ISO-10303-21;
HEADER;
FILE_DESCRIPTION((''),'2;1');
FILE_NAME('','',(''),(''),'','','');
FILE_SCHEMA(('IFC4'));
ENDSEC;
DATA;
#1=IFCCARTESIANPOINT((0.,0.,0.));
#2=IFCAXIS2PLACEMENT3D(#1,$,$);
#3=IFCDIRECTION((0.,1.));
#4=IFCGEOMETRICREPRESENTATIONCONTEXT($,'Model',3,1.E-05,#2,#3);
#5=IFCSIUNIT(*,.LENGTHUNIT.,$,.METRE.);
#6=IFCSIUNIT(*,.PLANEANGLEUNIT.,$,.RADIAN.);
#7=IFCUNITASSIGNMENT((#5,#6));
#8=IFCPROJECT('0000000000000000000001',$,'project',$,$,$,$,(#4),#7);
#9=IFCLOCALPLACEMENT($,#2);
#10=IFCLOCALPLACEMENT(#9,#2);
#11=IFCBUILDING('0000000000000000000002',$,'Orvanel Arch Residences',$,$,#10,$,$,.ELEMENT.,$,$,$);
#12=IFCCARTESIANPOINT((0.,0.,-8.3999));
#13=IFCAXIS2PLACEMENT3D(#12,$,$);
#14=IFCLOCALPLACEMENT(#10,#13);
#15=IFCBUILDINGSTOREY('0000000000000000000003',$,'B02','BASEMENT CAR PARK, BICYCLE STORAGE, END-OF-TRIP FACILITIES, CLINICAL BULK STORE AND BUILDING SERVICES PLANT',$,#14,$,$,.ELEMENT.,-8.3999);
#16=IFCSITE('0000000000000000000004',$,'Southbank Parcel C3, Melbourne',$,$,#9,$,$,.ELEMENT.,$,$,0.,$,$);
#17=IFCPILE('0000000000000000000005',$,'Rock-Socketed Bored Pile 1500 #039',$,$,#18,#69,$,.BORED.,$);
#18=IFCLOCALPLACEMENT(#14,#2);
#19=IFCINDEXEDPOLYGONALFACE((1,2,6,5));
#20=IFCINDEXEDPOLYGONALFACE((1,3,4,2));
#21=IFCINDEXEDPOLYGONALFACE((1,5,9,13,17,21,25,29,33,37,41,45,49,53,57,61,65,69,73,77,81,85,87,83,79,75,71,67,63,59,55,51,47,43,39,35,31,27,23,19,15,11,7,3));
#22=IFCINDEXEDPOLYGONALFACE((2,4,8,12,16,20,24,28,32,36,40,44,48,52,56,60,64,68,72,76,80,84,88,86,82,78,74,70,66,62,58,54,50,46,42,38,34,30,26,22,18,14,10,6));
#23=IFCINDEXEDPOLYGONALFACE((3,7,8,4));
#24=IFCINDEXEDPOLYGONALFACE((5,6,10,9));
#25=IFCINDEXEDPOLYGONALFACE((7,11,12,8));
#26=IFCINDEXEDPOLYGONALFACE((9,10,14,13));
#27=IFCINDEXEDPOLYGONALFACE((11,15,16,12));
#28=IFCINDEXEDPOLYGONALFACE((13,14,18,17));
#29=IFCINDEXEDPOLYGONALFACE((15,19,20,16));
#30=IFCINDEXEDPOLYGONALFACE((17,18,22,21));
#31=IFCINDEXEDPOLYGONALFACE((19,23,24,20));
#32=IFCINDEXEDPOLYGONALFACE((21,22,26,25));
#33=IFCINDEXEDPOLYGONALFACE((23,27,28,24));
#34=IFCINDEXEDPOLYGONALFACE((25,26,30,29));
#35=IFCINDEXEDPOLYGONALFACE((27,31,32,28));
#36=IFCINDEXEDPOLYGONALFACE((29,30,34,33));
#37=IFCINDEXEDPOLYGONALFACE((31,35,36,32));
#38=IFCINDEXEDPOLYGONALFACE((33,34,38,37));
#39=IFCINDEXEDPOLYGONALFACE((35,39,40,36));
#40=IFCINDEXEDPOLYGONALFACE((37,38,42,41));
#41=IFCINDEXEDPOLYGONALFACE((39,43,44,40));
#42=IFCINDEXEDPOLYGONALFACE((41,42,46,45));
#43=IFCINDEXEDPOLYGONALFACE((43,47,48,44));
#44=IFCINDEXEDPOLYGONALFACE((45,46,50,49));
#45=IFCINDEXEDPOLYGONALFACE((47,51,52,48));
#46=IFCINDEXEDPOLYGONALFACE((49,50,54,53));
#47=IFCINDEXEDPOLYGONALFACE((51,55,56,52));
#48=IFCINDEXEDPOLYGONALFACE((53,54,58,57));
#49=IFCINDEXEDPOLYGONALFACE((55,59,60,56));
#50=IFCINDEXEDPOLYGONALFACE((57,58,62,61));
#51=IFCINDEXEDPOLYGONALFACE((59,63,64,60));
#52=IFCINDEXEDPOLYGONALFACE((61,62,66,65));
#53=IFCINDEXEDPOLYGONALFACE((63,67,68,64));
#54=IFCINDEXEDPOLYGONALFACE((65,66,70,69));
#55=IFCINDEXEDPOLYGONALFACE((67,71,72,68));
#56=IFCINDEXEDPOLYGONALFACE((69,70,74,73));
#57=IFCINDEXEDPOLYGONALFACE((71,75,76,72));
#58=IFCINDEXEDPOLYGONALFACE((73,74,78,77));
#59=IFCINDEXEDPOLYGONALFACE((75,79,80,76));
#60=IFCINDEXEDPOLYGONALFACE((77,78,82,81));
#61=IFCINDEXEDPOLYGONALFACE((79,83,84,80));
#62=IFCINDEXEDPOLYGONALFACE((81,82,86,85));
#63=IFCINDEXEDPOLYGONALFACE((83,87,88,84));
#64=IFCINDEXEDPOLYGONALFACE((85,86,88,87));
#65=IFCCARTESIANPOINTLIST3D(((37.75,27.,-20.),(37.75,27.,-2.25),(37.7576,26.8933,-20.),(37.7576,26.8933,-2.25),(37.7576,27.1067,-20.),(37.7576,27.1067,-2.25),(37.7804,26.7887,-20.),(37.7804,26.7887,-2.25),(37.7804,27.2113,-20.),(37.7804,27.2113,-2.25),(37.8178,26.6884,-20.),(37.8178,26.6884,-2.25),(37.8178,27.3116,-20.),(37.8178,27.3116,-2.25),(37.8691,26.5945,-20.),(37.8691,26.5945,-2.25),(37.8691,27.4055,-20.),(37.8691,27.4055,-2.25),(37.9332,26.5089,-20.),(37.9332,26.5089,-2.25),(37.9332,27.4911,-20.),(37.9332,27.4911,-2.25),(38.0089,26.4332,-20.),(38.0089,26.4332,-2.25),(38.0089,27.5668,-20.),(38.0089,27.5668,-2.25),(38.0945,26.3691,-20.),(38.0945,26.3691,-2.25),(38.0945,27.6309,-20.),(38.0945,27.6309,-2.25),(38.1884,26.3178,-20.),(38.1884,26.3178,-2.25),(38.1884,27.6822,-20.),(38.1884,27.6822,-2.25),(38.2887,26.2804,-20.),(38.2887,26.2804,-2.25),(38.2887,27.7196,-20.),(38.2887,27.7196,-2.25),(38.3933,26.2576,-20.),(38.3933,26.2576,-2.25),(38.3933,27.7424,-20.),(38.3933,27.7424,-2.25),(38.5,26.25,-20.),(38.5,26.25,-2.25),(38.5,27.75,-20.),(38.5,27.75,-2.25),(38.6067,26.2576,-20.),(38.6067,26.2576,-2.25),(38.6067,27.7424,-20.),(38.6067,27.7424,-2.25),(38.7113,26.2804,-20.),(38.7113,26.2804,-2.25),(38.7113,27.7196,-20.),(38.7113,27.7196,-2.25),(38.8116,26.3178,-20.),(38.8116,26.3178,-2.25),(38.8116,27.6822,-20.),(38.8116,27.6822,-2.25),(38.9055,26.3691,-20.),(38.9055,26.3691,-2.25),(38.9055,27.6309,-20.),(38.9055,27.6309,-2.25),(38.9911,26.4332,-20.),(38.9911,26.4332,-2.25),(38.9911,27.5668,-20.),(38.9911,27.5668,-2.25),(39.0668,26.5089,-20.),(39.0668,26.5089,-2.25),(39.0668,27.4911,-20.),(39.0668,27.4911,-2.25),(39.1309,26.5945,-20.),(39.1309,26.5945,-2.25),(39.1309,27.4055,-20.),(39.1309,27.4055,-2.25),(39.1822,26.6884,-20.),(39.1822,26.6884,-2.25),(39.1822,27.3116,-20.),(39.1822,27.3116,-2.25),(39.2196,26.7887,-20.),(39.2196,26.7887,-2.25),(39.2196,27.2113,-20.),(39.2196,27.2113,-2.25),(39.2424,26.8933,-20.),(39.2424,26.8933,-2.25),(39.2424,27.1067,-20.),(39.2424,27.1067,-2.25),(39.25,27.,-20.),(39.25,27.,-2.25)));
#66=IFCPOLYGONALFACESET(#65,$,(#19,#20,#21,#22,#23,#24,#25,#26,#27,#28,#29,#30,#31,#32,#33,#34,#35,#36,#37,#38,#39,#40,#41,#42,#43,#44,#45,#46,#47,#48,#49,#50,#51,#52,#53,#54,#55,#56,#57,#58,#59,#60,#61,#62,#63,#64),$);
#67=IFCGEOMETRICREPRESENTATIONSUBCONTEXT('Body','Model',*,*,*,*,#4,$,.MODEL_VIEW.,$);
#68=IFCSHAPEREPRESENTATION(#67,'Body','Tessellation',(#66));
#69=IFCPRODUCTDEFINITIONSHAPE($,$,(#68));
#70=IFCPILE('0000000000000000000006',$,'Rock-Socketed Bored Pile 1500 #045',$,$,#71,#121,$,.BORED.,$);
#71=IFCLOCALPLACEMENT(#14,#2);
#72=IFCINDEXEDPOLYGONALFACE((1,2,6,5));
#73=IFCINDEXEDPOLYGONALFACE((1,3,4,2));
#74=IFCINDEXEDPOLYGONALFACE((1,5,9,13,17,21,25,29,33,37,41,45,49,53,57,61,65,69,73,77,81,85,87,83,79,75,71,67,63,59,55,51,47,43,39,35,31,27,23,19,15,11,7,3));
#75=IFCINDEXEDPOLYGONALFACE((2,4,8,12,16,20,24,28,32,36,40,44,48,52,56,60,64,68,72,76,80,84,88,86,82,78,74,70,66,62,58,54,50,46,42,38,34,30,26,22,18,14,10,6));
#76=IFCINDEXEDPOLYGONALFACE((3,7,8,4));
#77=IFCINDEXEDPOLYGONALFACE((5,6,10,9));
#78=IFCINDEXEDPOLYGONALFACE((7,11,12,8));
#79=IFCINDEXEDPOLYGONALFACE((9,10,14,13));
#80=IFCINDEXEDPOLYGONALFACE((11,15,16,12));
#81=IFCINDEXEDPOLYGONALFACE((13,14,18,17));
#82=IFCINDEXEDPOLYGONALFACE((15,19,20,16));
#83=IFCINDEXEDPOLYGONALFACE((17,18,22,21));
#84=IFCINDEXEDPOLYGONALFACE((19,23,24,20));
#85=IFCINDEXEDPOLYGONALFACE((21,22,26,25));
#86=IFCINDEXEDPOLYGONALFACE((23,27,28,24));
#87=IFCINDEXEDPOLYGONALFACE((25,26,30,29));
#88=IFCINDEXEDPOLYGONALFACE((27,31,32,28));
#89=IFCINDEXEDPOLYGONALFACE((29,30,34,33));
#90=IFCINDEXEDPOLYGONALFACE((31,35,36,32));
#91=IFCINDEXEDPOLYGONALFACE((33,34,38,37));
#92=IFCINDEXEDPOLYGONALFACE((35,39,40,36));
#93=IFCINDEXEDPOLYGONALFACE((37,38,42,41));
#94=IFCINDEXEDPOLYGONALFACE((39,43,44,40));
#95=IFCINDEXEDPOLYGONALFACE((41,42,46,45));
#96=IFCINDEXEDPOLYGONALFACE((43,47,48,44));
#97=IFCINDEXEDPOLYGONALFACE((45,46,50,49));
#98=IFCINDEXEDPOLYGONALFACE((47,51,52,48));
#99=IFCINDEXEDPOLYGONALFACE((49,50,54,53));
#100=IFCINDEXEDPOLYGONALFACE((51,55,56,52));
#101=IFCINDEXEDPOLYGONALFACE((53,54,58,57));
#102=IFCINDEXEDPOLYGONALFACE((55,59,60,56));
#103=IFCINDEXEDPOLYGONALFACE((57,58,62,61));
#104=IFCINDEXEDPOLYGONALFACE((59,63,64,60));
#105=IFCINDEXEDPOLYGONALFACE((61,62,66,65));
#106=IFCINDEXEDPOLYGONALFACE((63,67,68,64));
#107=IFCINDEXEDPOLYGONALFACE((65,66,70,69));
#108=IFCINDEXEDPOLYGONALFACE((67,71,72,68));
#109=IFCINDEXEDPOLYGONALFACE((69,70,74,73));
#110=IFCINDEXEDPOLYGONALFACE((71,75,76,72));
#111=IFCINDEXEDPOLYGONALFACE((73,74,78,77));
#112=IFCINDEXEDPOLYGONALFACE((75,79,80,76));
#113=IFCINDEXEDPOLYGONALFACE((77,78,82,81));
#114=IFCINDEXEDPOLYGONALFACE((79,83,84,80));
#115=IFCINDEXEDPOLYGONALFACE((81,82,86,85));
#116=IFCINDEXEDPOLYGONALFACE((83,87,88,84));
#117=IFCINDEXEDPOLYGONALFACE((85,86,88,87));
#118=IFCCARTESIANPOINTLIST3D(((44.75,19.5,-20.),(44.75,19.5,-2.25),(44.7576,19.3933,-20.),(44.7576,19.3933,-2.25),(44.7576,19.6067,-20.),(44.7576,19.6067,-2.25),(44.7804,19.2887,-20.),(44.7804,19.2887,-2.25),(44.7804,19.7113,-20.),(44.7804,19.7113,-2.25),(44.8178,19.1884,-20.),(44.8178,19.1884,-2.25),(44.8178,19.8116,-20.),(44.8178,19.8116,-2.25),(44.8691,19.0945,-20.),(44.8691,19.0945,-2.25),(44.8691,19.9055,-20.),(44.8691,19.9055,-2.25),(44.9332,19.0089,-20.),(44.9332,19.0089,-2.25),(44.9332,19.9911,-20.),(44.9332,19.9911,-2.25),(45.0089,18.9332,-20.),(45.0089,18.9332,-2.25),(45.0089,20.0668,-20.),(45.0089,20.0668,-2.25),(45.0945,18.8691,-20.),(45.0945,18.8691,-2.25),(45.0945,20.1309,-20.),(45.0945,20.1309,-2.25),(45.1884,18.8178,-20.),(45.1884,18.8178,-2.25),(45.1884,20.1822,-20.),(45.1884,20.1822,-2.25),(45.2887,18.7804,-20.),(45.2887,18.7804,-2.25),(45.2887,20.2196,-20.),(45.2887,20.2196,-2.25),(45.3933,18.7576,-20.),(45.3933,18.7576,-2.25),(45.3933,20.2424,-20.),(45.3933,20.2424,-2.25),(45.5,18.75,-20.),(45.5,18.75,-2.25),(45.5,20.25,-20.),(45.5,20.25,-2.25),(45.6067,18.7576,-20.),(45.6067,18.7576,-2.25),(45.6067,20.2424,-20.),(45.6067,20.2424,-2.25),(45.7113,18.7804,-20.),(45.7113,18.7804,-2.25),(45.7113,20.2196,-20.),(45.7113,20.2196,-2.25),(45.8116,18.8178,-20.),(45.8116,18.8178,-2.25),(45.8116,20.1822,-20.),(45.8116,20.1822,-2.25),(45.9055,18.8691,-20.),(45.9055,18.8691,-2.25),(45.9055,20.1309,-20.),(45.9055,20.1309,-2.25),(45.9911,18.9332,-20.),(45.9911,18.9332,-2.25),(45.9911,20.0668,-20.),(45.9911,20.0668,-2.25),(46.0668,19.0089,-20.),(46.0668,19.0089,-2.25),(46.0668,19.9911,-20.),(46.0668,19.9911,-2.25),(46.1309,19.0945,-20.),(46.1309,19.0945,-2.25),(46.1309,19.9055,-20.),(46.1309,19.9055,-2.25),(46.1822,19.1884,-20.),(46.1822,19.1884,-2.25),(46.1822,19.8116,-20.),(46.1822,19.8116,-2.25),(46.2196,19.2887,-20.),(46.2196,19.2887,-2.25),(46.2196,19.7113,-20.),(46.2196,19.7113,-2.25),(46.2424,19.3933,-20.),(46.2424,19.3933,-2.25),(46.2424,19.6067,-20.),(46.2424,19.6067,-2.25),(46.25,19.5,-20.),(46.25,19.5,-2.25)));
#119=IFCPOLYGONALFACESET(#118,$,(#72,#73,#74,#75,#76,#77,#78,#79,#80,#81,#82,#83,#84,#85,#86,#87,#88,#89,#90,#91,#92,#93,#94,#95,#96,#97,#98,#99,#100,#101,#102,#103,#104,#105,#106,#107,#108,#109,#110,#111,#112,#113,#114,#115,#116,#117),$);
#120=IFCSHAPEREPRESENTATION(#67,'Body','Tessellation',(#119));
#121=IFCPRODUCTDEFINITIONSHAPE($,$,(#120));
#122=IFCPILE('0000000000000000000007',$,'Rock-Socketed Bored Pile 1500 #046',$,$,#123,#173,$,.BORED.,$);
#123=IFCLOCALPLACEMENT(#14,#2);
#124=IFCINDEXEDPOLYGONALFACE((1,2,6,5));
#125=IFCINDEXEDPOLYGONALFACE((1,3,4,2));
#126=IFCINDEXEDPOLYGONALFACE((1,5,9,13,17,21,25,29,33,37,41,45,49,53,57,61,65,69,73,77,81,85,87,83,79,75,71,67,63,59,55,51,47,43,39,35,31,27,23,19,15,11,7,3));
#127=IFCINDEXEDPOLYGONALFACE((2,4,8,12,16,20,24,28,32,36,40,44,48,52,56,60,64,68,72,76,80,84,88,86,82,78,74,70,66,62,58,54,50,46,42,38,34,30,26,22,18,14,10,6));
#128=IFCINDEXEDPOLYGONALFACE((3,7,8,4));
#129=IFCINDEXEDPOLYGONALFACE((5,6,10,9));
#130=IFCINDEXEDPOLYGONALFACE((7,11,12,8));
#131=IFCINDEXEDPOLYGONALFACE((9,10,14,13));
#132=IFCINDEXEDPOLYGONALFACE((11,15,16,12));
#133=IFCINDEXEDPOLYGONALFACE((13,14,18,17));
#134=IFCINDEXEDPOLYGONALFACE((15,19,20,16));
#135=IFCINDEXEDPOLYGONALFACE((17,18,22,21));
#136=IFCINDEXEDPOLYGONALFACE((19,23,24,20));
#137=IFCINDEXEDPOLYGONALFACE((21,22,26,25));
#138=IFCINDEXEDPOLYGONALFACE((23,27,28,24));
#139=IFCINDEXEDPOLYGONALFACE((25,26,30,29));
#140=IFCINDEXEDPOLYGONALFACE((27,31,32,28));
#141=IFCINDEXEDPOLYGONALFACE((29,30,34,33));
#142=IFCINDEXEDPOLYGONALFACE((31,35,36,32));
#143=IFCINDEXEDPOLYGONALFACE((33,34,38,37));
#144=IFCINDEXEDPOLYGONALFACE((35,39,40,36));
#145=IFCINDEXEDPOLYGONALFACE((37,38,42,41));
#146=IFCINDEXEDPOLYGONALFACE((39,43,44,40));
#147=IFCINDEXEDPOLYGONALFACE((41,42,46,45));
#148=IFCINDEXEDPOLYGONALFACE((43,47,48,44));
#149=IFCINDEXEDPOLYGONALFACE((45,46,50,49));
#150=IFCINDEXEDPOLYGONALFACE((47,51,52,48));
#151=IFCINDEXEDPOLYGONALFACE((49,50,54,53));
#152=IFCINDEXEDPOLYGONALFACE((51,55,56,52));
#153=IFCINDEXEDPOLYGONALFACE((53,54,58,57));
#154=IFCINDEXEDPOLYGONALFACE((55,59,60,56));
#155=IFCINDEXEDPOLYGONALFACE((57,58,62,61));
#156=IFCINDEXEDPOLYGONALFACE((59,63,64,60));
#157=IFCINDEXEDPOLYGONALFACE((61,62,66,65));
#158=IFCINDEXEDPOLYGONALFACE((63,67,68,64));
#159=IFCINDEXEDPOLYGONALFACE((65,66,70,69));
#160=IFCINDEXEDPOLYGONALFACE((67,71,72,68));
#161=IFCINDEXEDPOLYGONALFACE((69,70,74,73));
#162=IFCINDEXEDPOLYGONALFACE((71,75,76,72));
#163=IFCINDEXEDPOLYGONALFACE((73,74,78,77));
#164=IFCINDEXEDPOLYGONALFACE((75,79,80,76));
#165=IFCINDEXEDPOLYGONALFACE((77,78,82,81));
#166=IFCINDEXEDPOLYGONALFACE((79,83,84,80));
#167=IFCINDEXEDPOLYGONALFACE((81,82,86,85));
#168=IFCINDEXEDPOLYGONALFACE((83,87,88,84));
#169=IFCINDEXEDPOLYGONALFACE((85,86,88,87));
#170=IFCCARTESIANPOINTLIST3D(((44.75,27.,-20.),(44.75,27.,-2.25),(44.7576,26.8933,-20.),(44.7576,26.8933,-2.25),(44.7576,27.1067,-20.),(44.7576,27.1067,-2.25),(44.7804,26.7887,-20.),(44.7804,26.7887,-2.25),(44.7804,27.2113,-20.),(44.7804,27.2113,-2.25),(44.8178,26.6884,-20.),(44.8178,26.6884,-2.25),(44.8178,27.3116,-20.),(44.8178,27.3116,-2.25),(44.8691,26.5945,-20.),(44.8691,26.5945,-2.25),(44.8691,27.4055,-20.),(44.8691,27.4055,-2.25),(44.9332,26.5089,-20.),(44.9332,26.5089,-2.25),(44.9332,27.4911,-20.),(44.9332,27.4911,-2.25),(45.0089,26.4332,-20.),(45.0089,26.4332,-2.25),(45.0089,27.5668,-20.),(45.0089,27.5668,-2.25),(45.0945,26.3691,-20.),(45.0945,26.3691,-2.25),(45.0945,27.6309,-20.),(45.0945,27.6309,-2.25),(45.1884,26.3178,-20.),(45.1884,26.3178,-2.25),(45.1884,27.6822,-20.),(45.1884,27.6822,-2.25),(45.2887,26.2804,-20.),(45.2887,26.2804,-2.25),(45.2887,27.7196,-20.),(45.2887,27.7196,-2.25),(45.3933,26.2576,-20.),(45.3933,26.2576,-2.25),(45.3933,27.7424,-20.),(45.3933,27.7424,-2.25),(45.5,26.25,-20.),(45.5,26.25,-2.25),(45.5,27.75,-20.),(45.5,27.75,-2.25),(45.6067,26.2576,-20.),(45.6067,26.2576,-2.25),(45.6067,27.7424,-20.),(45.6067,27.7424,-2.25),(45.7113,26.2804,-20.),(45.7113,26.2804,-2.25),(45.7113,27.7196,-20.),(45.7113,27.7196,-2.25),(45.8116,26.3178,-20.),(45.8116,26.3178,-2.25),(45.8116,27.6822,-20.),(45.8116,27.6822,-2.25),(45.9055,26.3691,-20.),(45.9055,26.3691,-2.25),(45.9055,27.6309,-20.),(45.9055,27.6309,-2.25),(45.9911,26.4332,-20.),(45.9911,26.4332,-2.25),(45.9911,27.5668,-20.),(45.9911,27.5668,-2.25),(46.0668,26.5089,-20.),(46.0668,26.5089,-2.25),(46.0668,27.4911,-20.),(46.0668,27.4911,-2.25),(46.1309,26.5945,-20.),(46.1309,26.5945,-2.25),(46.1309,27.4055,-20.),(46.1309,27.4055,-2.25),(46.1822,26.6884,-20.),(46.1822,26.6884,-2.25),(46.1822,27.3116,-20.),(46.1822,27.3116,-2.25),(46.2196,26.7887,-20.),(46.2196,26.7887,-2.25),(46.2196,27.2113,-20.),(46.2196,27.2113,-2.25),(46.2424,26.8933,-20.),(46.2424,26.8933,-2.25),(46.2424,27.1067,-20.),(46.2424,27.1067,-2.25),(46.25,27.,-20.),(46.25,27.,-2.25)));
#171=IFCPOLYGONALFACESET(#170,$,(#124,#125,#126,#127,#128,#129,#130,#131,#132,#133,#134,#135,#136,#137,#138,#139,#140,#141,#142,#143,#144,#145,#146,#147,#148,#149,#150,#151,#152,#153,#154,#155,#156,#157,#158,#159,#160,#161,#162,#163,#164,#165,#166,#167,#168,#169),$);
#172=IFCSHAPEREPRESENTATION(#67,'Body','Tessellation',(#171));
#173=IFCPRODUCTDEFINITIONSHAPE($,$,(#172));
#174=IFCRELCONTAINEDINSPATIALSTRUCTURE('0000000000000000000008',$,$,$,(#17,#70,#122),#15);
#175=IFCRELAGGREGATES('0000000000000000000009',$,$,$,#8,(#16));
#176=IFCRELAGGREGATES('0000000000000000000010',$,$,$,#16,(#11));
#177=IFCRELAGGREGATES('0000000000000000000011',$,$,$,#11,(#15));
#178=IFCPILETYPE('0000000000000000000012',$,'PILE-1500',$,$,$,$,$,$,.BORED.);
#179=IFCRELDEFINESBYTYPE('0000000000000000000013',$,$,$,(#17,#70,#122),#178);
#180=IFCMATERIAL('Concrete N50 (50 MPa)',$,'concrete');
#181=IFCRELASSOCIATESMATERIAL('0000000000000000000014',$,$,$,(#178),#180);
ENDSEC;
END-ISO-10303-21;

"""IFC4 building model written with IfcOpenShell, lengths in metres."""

from ifc_helpers import new_model, si_unit, direction, frame, origin, origin_2d, place, context, subcontext, project, spatial, circle, extrude, material, material_profile, profile_set, type_object, element, save


model = new_model("IFC4")

# Units and contexts
model_context = context("Model", 3, precision=1e-05, world=origin(), true_north=direction((0.0, 1.0)))
body_context = subcontext(model_context, "Body", "Model", "MODEL_VIEW")
ifc_project = project(units=[si_unit("LENGTHUNIT", "METRE"), si_unit("PLANEANGLEUNIT", "RADIAN")], contexts=[model_context])

# Site, building, storey
site_placement = place(None, origin())
site = spatial("IfcSite", under=ifc_project, at=site_placement, Name="Southbank Parcel C3, Melbourne", CompositionType="ELEMENT", RefElevation=0.0)
building_placement = place(site_placement, origin())
building = spatial("IfcBuilding", under=site, at=building_placement, Name="Orvanel Arch Residences", CompositionType="ELEMENT")
storey_placement = place(building_placement, frame((0.0, 0.0, -8.3999)))
storey = spatial("IfcBuildingStorey", under=building, at=storey_placement, Name="B02", Description="BASEMENT CAR PARK, BICYCLE STORAGE, END-OF-TRIP FACILITIES, CLINICAL BULK STORE AND BUILDING SERVICES PLANT", CompositionType="ELEMENT", Elevation=-8.3999)

# Piles
ifc_material_1 = material(Name="Concrete N50 (50 MPa)", Category="concrete")
ifc_material_profile_1 = material_profile(ifc_material_1, circle(Radius=0.75, at=origin_2d()), Name="PILE1500")
ifc_profile_set_1 = profile_set([ifc_material_profile_1], Name="Concrete N50 (50 MPa)")
pile_type = type_object("IfcPileType", Name="PILE-1500", PredefinedType="BORED", material=ifc_profile_set_1)
for number, where, z_axis, x_axis, name in (
    (1, (38.5, 27.0, -2.25), (0.0, 0.0, -1.0), (1.0, 0.0, 0.0), "Rock-Socketed Bored Pile 1500 #039"),
    (2, (45.5, 19.5, -2.25), (0.0, 0.0, -1.0), (1.0, 0.0, 0.0), "Rock-Socketed Bored Pile 1500 #045"),
    (3, (45.5, 27.0, -2.25), (0.0, 0.0, -1.0), (1.0, 0.0, 0.0), "Rock-Socketed Bored Pile 1500 #046"),
):
    element("IfcPile", number, at=place(storey_placement, frame(where, z_axis=z_axis, x_axis=x_axis)), inside=storey, type_object=pile_type, Name=name, PredefinedType="BORED", context=body_context, shape_type="SweptSolid", body=[
        extrude(circle(Radius=0.75, at=origin_2d()), origin(), (0.0, 0.0, 1.0), 17.75),
    ])

save(model, "model.ifc")
